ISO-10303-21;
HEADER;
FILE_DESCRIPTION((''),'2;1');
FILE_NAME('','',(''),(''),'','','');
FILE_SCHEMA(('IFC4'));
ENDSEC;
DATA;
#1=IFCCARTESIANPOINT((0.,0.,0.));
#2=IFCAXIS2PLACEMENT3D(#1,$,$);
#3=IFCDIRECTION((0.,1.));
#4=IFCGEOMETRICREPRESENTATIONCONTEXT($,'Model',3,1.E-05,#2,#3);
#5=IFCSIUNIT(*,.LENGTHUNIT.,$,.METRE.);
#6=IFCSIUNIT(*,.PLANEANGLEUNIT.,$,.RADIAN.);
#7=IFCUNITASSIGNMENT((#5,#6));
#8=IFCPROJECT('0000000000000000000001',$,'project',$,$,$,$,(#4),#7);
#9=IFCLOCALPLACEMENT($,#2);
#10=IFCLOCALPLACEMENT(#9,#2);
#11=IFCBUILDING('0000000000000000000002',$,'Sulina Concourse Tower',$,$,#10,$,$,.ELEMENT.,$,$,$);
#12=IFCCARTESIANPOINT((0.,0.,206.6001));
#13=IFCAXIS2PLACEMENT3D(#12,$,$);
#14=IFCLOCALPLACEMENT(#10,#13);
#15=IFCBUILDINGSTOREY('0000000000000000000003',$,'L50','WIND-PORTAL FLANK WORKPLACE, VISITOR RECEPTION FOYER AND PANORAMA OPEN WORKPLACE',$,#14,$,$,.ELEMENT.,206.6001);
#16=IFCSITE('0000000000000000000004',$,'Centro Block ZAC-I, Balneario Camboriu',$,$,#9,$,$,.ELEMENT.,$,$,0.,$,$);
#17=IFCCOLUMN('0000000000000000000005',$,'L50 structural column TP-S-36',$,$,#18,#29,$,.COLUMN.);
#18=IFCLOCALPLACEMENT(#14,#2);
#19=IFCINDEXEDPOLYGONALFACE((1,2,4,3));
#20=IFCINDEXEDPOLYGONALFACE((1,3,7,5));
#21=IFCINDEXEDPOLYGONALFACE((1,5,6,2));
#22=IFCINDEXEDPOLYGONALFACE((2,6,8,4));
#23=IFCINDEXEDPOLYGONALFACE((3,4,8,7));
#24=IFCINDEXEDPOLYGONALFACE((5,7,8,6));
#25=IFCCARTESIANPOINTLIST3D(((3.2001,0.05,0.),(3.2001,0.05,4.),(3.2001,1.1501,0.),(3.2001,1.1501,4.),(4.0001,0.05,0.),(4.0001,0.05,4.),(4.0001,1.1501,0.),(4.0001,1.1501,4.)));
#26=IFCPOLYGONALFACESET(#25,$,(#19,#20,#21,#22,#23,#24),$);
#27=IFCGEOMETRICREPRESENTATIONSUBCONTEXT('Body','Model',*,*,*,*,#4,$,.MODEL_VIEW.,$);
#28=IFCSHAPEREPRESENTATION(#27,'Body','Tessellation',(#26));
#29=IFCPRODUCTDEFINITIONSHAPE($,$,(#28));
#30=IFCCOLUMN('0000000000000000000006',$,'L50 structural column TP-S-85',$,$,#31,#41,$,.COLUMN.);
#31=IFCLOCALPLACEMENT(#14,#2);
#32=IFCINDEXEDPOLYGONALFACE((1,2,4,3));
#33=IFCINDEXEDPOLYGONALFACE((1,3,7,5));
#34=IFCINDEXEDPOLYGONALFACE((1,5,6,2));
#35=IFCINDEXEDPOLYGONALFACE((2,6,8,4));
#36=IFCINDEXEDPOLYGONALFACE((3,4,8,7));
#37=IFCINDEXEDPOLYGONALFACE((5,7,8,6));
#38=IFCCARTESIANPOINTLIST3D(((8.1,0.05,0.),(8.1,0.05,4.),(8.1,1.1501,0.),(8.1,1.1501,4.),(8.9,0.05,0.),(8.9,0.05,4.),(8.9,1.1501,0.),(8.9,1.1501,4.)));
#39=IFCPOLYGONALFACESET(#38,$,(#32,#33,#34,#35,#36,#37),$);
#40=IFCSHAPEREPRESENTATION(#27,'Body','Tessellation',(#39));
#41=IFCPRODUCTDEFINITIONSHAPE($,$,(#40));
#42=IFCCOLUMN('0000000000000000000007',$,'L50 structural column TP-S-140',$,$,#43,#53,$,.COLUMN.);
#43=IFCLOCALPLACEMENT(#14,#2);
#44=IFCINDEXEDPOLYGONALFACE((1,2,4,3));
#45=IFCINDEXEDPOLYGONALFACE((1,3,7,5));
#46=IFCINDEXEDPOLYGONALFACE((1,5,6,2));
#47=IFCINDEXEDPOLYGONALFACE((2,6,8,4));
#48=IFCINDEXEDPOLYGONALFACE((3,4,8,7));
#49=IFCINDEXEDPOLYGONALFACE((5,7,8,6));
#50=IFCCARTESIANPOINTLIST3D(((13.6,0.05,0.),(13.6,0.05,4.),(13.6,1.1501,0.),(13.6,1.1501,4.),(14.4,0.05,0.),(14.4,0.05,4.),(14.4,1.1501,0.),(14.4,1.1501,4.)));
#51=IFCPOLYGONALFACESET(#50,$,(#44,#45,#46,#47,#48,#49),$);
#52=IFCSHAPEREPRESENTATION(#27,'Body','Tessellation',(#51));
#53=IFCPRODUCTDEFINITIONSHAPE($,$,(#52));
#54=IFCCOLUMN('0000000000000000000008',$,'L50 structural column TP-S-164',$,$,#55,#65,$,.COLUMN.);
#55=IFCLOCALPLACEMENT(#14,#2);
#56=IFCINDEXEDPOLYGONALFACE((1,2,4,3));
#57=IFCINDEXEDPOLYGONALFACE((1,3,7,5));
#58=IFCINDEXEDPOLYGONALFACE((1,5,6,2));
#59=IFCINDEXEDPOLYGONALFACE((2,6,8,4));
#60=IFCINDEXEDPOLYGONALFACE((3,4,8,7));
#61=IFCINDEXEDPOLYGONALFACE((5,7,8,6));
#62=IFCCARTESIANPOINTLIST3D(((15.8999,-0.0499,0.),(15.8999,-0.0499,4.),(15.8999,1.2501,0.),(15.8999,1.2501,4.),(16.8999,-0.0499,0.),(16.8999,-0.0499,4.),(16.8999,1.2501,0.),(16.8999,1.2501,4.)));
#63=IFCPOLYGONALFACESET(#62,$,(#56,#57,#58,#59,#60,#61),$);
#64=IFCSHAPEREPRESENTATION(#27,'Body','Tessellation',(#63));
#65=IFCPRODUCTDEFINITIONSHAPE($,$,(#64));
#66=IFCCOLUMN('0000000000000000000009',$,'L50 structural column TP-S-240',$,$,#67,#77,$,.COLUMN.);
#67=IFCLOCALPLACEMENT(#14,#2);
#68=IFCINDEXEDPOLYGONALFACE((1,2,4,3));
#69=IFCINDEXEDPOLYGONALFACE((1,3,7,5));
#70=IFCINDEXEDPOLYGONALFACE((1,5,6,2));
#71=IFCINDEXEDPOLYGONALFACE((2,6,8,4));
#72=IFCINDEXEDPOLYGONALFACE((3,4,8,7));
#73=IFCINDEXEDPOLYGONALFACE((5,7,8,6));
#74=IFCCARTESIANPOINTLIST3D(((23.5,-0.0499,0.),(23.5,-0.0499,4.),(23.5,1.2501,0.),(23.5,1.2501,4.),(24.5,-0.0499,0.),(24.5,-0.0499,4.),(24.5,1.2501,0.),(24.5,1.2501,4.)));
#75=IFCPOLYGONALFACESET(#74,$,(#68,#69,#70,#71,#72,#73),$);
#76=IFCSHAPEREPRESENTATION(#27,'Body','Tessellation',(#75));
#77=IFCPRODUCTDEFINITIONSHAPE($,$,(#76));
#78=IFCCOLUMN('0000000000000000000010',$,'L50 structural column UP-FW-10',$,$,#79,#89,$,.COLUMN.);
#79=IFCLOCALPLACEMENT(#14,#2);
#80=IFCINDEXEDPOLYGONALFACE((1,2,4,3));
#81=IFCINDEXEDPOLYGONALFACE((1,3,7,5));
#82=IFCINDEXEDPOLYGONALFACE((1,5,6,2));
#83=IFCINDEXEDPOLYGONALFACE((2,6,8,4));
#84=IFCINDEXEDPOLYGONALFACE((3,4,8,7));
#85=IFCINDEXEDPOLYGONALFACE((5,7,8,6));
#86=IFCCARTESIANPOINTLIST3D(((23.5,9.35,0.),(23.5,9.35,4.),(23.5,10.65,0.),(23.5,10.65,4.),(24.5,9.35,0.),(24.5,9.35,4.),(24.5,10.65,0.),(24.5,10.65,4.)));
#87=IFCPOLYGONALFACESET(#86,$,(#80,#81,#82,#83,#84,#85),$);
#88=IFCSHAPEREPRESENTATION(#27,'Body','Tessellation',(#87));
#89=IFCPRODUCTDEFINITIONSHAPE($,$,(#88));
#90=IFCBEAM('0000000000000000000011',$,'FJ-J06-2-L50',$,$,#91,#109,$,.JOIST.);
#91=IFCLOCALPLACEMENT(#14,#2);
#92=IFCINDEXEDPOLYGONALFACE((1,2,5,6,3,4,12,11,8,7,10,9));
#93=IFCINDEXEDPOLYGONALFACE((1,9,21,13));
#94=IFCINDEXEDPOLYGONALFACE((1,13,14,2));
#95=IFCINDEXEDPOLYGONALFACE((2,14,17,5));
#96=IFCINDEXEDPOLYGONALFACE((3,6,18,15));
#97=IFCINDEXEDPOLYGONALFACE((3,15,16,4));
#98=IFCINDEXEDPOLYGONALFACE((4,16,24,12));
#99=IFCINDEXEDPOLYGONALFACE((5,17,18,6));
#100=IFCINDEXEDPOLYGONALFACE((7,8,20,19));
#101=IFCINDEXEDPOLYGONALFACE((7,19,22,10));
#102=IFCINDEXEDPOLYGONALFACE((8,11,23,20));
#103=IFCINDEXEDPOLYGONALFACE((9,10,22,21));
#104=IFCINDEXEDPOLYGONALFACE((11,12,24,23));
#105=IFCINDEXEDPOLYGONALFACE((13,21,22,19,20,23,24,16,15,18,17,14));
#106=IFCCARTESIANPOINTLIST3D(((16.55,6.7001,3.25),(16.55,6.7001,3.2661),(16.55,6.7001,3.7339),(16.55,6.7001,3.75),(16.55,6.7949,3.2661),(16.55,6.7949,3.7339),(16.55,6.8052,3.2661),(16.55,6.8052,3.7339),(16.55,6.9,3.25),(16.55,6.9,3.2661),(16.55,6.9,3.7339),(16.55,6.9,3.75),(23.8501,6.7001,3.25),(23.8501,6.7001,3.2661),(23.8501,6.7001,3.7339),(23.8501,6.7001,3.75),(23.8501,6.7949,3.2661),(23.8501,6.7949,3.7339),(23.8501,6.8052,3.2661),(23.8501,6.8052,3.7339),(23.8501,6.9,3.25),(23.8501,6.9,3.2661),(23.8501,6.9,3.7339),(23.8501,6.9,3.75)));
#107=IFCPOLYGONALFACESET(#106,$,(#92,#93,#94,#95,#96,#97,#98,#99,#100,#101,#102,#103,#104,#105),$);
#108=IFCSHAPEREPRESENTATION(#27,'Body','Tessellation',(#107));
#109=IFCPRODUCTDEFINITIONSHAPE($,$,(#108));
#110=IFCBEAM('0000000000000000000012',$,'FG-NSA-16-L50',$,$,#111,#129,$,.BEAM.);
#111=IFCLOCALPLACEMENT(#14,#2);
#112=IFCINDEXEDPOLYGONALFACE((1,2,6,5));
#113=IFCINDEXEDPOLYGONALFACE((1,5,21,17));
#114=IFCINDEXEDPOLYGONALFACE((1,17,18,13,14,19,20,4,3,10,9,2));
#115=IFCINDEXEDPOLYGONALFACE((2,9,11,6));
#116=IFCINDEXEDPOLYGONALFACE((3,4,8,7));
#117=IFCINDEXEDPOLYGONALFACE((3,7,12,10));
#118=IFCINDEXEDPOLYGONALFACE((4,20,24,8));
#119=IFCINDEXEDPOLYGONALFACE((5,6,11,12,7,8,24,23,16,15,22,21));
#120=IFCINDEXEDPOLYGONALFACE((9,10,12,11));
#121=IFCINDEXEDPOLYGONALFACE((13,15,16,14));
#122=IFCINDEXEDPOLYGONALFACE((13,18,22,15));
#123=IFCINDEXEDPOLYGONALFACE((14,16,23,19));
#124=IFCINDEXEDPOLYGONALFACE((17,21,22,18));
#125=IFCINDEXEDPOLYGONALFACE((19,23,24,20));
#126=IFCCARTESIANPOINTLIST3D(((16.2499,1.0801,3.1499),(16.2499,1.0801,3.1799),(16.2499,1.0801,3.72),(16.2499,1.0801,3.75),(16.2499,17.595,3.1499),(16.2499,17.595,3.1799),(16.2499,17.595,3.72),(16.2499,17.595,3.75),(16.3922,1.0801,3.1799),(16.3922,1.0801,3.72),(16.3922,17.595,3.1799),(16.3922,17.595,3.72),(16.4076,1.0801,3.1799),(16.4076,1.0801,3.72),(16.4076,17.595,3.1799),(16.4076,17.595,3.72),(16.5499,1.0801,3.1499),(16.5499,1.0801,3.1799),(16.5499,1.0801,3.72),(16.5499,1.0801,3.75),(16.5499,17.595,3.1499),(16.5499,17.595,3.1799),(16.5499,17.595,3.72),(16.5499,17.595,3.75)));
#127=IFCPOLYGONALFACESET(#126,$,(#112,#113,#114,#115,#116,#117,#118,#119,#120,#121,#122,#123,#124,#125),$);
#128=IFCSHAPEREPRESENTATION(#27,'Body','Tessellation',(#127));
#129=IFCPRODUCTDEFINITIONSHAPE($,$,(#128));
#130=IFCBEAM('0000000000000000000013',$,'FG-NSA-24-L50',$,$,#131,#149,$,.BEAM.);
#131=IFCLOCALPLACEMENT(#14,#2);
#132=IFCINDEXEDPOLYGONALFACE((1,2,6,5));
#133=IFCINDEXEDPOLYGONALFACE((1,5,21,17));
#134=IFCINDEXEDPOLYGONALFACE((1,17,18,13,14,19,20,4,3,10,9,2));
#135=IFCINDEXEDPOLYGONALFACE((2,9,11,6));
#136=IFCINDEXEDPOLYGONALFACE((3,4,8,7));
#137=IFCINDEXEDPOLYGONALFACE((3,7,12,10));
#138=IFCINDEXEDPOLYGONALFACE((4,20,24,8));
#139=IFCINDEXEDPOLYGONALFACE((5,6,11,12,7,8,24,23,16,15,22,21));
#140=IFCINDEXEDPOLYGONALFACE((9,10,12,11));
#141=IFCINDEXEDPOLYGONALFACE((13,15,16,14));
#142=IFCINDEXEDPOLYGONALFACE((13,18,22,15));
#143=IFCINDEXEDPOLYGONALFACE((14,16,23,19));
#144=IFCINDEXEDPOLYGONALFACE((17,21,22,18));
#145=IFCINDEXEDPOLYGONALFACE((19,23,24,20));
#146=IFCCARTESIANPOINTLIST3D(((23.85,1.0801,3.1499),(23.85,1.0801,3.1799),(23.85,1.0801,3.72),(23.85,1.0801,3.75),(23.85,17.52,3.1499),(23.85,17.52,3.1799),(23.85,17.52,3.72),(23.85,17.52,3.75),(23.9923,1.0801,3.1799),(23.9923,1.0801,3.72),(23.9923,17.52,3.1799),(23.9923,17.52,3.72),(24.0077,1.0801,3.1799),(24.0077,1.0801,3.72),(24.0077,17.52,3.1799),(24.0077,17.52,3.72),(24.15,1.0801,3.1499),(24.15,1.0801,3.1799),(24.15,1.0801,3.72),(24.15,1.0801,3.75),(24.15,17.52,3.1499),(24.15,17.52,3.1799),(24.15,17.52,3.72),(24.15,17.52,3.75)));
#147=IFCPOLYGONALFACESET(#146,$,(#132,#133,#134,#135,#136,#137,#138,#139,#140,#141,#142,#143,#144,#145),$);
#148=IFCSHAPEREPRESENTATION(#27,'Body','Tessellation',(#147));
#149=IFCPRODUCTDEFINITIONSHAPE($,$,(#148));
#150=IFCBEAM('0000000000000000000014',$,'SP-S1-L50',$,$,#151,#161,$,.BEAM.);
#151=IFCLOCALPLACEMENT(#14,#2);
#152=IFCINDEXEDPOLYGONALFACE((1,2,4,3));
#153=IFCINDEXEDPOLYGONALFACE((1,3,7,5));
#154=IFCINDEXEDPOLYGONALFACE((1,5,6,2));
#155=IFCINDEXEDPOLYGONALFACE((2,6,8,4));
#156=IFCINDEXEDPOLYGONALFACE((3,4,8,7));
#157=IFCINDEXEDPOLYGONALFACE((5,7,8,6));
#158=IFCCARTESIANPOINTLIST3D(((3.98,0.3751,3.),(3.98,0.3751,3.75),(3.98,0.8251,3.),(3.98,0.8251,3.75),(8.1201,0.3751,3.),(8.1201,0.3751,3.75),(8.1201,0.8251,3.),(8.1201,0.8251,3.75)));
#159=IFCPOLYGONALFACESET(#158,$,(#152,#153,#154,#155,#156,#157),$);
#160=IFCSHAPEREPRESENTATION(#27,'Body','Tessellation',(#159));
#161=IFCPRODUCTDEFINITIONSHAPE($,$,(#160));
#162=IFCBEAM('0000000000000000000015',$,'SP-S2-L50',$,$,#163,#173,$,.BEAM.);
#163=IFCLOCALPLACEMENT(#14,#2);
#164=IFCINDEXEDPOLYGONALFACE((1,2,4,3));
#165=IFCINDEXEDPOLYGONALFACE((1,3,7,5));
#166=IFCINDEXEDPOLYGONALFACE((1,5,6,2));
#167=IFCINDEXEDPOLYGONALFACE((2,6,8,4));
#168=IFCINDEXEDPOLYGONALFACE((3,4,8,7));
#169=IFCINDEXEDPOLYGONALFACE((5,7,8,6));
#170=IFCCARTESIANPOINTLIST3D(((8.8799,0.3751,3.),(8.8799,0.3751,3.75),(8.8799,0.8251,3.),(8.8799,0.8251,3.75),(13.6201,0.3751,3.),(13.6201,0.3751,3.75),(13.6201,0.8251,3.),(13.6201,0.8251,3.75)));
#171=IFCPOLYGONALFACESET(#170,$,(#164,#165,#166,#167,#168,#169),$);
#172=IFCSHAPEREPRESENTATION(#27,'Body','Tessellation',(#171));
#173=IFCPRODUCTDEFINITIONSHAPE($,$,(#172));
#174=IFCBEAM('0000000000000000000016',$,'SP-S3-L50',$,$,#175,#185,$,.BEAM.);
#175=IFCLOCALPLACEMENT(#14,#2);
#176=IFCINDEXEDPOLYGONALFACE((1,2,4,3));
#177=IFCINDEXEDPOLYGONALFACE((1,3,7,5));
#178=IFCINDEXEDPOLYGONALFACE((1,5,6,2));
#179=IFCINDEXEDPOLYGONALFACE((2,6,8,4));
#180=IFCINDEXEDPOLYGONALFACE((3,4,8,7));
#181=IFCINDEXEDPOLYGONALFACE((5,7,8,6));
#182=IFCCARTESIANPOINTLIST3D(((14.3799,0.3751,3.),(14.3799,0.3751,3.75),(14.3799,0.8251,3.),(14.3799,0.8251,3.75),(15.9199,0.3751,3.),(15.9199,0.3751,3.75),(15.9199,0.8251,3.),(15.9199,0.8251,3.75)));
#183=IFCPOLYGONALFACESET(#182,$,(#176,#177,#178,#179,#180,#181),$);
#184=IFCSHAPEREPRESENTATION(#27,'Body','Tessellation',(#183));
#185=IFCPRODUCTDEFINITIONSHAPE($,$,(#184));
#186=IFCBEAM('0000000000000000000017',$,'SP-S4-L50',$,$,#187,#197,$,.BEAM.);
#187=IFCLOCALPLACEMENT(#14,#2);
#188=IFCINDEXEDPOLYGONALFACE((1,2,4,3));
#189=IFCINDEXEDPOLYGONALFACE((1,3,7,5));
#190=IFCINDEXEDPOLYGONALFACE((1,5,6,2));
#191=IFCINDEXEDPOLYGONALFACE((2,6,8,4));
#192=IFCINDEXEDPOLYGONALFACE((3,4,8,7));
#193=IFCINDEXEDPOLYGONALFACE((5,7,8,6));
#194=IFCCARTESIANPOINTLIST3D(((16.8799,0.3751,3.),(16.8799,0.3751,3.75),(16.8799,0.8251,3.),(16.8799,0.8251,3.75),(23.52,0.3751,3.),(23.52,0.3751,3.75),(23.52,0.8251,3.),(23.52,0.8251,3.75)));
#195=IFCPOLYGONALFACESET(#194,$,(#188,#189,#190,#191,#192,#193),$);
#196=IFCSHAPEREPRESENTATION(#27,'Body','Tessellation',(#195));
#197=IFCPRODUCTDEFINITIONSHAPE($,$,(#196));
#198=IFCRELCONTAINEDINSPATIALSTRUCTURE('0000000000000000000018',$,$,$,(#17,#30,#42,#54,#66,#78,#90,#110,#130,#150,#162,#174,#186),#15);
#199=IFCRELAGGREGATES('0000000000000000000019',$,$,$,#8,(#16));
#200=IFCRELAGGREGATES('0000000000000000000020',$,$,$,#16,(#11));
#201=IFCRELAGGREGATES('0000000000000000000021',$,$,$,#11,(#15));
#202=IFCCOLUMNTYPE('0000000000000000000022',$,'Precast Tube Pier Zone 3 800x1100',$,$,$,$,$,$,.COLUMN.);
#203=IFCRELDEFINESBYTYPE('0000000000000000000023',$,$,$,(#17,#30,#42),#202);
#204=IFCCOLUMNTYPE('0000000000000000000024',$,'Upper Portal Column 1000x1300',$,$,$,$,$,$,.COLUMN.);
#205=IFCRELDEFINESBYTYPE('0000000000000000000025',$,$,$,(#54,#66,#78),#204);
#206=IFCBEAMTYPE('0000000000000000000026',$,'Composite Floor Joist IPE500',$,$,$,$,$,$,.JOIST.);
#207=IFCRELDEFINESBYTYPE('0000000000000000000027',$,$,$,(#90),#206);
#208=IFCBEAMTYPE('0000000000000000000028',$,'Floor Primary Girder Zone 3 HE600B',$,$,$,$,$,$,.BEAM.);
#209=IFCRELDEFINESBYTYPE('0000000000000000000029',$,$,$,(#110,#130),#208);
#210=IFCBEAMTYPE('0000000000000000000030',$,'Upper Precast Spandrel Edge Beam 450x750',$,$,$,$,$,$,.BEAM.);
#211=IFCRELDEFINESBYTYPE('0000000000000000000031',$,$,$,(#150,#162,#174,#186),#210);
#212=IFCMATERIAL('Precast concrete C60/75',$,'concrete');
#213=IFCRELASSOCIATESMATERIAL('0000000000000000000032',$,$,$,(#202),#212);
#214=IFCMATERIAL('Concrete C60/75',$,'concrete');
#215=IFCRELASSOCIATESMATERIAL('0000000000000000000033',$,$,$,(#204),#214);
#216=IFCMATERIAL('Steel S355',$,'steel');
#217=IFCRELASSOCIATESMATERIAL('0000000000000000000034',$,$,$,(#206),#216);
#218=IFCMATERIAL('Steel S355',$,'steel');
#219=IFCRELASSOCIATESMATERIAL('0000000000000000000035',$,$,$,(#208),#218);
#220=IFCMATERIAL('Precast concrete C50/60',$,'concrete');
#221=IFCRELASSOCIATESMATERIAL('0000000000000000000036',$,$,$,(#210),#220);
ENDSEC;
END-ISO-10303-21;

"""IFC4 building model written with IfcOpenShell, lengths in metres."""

from ifc_helpers import new_model, si_unit, direction, frame, origin, origin_2d, place, context, subcontext, project, spatial, rectangle, i_section, extrude, material, material_profile, profile_set, type_object, element, save


model = new_model("IFC4")

# Units and contexts
model_context = context("Model", 3, precision=1e-05, world=origin(), true_north=direction((0.0, 1.0)))
body_context = subcontext(model_context, "Body", "Model", "MODEL_VIEW")
ifc_project = project(units=[si_unit("LENGTHUNIT", "METRE"), si_unit("PLANEANGLEUNIT", "RADIAN")], contexts=[model_context])

# Site, building, storey
site_placement = place(None, origin())
site = spatial("IfcSite", under=ifc_project, at=site_placement, Name="Centro Block ZAC-I, Balneario Camboriu", CompositionType="ELEMENT", RefElevation=0.0)
building_placement = place(site_placement, origin())
building = spatial("IfcBuilding", under=site, at=building_placement, Name="Sulina Concourse Tower", CompositionType="ELEMENT")
storey_placement = place(building_placement, frame((0.0, 0.0, 206.6001)))
storey = spatial("IfcBuildingStorey", under=building, at=storey_placement, Name="L50", Description="WIND-PORTAL FLANK WORKPLACE, VISITOR RECEPTION FOYER AND PANORAMA OPEN WORKPLACE", CompositionType="ELEMENT", Elevation=206.6001)

# Columns
ifc_material_1 = material(Name="Precast concrete C60/75", Category="concrete")
ifc_material_profile_1 = material_profile(ifc_material_1, rectangle(XDim=0.8, YDim=1.1001, at=origin_2d()), Name="PC 800x1100")
ifc_profile_set_1 = profile_set([ifc_material_profile_1], Name="Precast concrete C60/75")
column_type_1 = type_object("IfcColumnType", Name="Precast Tube Pier Zone 3 800x1100", PredefinedType="COLUMN", material=ifc_profile_set_1)
for number, where, z_axis, x_axis, name in (
    (1, (3.6001, 0.6001, 0.0), (0.0, 0.0, 1.0), (1.0, 0.0, 0.0), "L50 structural column TP-S-36"),
    (2, (8.5, 0.6001, 0.0), (0.0, 0.0, 1.0), (1.0, 0.0, 0.0), "L50 structural column TP-S-85"),
    (3, (14.0, 0.6001, 0.0), (0.0, 0.0, 1.0), (1.0, 0.0, 0.0), "L50 structural column TP-S-140"),
):
    element("IfcColumn", number, at=place(storey_placement, frame(where, z_axis=z_axis, x_axis=x_axis)), inside=storey, type_object=column_type_1, Name=name, PredefinedType="COLUMN", context=body_context, shape_type="SweptSolid", body=[
        extrude(rectangle(XDim=0.8, YDim=1.1001, at=origin_2d()), origin(), (0.0, 0.0, 1.0), 4.0),
    ])
ifc_material_2 = material(Name="Concrete C60/75", Category="concrete")
ifc_material_profile_2 = material_profile(ifc_material_2, rectangle(XDim=1.0, YDim=1.3, at=origin_2d()), Name="RC 1000x1300")
ifc_profile_set_2 = profile_set([ifc_material_profile_2], Name="Concrete C60/75")
column_type_2 = type_object("IfcColumnType", Name="Upper Portal Column 1000x1300", PredefinedType="COLUMN", material=ifc_profile_set_2)
for number, where, z_axis, x_axis, name in (
    (4, (16.3999, 0.6001, 0.0), (0.0, 0.0, 1.0), (1.0, 0.0, 0.0), "L50 structural column TP-S-164"),
    (5, (24.0, 0.6001, 0.0), (0.0, 0.0, 1.0), (1.0, 0.0, 0.0), "L50 structural column TP-S-240"),
    (6, (24.0, 10.0, 0.0), (0.0, 0.0, 1.0), (1.0, 0.0, 0.0), "L50 structural column UP-FW-10"),
):
    element("IfcColumn", number, at=place(storey_placement, frame(where, z_axis=z_axis, x_axis=x_axis)), inside=storey, type_object=column_type_2, Name=name, PredefinedType="COLUMN", context=body_context, shape_type="SweptSolid", body=[
        extrude(rectangle(XDim=1.0, YDim=1.3, at=origin_2d()), origin(), (0.0, 0.0, 1.0), 4.0),
    ])

# Beams
ifc_material_3 = material(Name="Steel S355", Category="steel")
ifc_material_profile_3 = material_profile(ifc_material_3, i_section(OverallWidth=0.2, OverallDepth=0.5, WebThickness=0.0103, FlangeThickness=0.0161, at=origin_2d()), Name="IPE 500")
ifc_profile_set_3 = profile_set([ifc_material_profile_3], Name="Steel S355")
beam_type_1 = type_object("IfcBeamType", Name="Composite Floor Joist IPE500", PredefinedType="JOIST", material=ifc_profile_set_3)
beam_1_placement = place(storey_placement, frame((16.55, 6.8, 3.5), z_axis=(1.0, 0.0, 0.0), x_axis=(0.0, 1.0, 0.0)))
element("IfcBeam", 7, at=beam_1_placement, inside=storey, type_object=beam_type_1, Name="FJ-J06-2-L50", PredefinedType="JOIST", context=body_context, shape_type="SweptSolid", body=[
    extrude(i_section(OverallWidth=0.2, OverallDepth=0.5, WebThickness=0.0103, FlangeThickness=0.0161, at=origin_2d()), origin(), (0.0, 0.0, 1.0), 7.3),
])
ifc_material_4 = material(Name="Steel S355", Category="steel")
ifc_material_profile_4 = material_profile(ifc_material_4, i_section(OverallWidth=0.3, OverallDepth=0.6001, WebThickness=0.0154, FlangeThickness=0.03, at=origin_2d()), Name="HE 600 B")
ifc_profile_set_4 = profile_set([ifc_material_profile_4], Name="Steel S355")
beam_type_2 = type_object("IfcBeamType", Name="Floor Primary Girder Zone 3 HE600B", PredefinedType="BEAM", material=ifc_profile_set_4)
beam_2_placement = place(storey_placement, frame((16.3999, 1.0801, 3.45), z_axis=(0.0, 1.0, 0.0), x_axis=(-1.0, 0.0, 0.0)))
element("IfcBeam", 8, at=beam_2_placement, inside=storey, type_object=beam_type_2, Name="FG-NSA-16-L50", PredefinedType="BEAM", context=body_context, shape_type="SweptSolid", body=[
    extrude(i_section(OverallWidth=0.3, OverallDepth=0.6001, WebThickness=0.0154, FlangeThickness=0.03, at=origin_2d()), origin(), (0.0, 0.0, 1.0), 16.5149),
])
beam_3_placement = place(storey_placement, frame((24.0, 1.0801, 3.45), z_axis=(0.0, 1.0, 0.0), x_axis=(-1.0, 0.0, 0.0)))
element("IfcBeam", 9, at=beam_3_placement, inside=storey, type_object=beam_type_2, Name="FG-NSA-24-L50", PredefinedType="BEAM", context=body_context, shape_type="SweptSolid", body=[
    extrude(i_section(OverallWidth=0.3, OverallDepth=0.6001, WebThickness=0.0154, FlangeThickness=0.03, at=origin_2d()), origin(), (0.0, 0.0, 1.0), 16.4399),
])
ifc_material_5 = material(Name="Precast concrete C50/60", Category="concrete")
ifc_material_profile_5 = material_profile(ifc_material_5, rectangle(XDim=0.45, YDim=0.75, at=origin_2d()), Name="RC 450x750")
ifc_profile_set_5 = profile_set([ifc_material_profile_5], Name="Precast concrete C50/60")
beam_type_3 = type_object("IfcBeamType", Name="Upper Precast Spandrel Edge Beam 450x750", PredefinedType="BEAM", material=ifc_profile_set_5)
beam_4_placement = place(storey_placement, frame((3.98, 0.6001, 3.375), z_axis=(1.0, 0.0, 0.0), x_axis=(0.0, 1.0, 0.0)))
element("IfcBeam", 10, at=beam_4_placement, inside=storey, type_object=beam_type_3, Name="SP-S1-L50", PredefinedType="BEAM", context=body_context, shape_type="SweptSolid", body=[
    extrude(rectangle(XDim=0.45, YDim=0.75, at=origin_2d()), origin(), (0.0, 0.0, 1.0), 4.1401),
])
beam_5_placement = place(storey_placement, frame((8.8799, 0.6001, 3.375), z_axis=(1.0, 0.0, 0.0), x_axis=(0.0, 1.0, 0.0)))
element("IfcBeam", 11, at=beam_5_placement, inside=storey, type_object=beam_type_3, Name="SP-S2-L50", PredefinedType="BEAM", context=body_context, shape_type="SweptSolid", body=[
    extrude(rectangle(XDim=0.45, YDim=0.75, at=origin_2d()), origin(), (0.0, 0.0, 1.0), 4.7402),
])
beam_6_placement = place(storey_placement, frame((14.3799, 0.6001, 3.375), z_axis=(1.0, 0.0, 0.0), x_axis=(0.0, 1.0, 0.0)))
element("IfcBeam", 12, at=beam_6_placement, inside=storey, type_object=beam_type_3, Name="SP-S3-L50", PredefinedType="BEAM", context=body_context, shape_type="SweptSolid", body=[
    extrude(rectangle(XDim=0.45, YDim=0.75, at=origin_2d()), origin(), (0.0, 0.0, 1.0), 1.54),
])
beam_7_placement = place(storey_placement, frame((16.8799, 0.6001, 3.375), z_axis=(1.0, 0.0, 0.0), x_axis=(0.0, 1.0, 0.0)))
element("IfcBeam", 13, at=beam_7_placement, inside=storey, type_object=beam_type_3, Name="SP-S4-L50", PredefinedType="BEAM", context=body_context, shape_type="SweptSolid", body=[
    extrude(rectangle(XDim=0.45, YDim=0.75, at=origin_2d()), origin(), (0.0, 0.0, 1.0), 6.6401),
])

save(model, "model.ifc")
